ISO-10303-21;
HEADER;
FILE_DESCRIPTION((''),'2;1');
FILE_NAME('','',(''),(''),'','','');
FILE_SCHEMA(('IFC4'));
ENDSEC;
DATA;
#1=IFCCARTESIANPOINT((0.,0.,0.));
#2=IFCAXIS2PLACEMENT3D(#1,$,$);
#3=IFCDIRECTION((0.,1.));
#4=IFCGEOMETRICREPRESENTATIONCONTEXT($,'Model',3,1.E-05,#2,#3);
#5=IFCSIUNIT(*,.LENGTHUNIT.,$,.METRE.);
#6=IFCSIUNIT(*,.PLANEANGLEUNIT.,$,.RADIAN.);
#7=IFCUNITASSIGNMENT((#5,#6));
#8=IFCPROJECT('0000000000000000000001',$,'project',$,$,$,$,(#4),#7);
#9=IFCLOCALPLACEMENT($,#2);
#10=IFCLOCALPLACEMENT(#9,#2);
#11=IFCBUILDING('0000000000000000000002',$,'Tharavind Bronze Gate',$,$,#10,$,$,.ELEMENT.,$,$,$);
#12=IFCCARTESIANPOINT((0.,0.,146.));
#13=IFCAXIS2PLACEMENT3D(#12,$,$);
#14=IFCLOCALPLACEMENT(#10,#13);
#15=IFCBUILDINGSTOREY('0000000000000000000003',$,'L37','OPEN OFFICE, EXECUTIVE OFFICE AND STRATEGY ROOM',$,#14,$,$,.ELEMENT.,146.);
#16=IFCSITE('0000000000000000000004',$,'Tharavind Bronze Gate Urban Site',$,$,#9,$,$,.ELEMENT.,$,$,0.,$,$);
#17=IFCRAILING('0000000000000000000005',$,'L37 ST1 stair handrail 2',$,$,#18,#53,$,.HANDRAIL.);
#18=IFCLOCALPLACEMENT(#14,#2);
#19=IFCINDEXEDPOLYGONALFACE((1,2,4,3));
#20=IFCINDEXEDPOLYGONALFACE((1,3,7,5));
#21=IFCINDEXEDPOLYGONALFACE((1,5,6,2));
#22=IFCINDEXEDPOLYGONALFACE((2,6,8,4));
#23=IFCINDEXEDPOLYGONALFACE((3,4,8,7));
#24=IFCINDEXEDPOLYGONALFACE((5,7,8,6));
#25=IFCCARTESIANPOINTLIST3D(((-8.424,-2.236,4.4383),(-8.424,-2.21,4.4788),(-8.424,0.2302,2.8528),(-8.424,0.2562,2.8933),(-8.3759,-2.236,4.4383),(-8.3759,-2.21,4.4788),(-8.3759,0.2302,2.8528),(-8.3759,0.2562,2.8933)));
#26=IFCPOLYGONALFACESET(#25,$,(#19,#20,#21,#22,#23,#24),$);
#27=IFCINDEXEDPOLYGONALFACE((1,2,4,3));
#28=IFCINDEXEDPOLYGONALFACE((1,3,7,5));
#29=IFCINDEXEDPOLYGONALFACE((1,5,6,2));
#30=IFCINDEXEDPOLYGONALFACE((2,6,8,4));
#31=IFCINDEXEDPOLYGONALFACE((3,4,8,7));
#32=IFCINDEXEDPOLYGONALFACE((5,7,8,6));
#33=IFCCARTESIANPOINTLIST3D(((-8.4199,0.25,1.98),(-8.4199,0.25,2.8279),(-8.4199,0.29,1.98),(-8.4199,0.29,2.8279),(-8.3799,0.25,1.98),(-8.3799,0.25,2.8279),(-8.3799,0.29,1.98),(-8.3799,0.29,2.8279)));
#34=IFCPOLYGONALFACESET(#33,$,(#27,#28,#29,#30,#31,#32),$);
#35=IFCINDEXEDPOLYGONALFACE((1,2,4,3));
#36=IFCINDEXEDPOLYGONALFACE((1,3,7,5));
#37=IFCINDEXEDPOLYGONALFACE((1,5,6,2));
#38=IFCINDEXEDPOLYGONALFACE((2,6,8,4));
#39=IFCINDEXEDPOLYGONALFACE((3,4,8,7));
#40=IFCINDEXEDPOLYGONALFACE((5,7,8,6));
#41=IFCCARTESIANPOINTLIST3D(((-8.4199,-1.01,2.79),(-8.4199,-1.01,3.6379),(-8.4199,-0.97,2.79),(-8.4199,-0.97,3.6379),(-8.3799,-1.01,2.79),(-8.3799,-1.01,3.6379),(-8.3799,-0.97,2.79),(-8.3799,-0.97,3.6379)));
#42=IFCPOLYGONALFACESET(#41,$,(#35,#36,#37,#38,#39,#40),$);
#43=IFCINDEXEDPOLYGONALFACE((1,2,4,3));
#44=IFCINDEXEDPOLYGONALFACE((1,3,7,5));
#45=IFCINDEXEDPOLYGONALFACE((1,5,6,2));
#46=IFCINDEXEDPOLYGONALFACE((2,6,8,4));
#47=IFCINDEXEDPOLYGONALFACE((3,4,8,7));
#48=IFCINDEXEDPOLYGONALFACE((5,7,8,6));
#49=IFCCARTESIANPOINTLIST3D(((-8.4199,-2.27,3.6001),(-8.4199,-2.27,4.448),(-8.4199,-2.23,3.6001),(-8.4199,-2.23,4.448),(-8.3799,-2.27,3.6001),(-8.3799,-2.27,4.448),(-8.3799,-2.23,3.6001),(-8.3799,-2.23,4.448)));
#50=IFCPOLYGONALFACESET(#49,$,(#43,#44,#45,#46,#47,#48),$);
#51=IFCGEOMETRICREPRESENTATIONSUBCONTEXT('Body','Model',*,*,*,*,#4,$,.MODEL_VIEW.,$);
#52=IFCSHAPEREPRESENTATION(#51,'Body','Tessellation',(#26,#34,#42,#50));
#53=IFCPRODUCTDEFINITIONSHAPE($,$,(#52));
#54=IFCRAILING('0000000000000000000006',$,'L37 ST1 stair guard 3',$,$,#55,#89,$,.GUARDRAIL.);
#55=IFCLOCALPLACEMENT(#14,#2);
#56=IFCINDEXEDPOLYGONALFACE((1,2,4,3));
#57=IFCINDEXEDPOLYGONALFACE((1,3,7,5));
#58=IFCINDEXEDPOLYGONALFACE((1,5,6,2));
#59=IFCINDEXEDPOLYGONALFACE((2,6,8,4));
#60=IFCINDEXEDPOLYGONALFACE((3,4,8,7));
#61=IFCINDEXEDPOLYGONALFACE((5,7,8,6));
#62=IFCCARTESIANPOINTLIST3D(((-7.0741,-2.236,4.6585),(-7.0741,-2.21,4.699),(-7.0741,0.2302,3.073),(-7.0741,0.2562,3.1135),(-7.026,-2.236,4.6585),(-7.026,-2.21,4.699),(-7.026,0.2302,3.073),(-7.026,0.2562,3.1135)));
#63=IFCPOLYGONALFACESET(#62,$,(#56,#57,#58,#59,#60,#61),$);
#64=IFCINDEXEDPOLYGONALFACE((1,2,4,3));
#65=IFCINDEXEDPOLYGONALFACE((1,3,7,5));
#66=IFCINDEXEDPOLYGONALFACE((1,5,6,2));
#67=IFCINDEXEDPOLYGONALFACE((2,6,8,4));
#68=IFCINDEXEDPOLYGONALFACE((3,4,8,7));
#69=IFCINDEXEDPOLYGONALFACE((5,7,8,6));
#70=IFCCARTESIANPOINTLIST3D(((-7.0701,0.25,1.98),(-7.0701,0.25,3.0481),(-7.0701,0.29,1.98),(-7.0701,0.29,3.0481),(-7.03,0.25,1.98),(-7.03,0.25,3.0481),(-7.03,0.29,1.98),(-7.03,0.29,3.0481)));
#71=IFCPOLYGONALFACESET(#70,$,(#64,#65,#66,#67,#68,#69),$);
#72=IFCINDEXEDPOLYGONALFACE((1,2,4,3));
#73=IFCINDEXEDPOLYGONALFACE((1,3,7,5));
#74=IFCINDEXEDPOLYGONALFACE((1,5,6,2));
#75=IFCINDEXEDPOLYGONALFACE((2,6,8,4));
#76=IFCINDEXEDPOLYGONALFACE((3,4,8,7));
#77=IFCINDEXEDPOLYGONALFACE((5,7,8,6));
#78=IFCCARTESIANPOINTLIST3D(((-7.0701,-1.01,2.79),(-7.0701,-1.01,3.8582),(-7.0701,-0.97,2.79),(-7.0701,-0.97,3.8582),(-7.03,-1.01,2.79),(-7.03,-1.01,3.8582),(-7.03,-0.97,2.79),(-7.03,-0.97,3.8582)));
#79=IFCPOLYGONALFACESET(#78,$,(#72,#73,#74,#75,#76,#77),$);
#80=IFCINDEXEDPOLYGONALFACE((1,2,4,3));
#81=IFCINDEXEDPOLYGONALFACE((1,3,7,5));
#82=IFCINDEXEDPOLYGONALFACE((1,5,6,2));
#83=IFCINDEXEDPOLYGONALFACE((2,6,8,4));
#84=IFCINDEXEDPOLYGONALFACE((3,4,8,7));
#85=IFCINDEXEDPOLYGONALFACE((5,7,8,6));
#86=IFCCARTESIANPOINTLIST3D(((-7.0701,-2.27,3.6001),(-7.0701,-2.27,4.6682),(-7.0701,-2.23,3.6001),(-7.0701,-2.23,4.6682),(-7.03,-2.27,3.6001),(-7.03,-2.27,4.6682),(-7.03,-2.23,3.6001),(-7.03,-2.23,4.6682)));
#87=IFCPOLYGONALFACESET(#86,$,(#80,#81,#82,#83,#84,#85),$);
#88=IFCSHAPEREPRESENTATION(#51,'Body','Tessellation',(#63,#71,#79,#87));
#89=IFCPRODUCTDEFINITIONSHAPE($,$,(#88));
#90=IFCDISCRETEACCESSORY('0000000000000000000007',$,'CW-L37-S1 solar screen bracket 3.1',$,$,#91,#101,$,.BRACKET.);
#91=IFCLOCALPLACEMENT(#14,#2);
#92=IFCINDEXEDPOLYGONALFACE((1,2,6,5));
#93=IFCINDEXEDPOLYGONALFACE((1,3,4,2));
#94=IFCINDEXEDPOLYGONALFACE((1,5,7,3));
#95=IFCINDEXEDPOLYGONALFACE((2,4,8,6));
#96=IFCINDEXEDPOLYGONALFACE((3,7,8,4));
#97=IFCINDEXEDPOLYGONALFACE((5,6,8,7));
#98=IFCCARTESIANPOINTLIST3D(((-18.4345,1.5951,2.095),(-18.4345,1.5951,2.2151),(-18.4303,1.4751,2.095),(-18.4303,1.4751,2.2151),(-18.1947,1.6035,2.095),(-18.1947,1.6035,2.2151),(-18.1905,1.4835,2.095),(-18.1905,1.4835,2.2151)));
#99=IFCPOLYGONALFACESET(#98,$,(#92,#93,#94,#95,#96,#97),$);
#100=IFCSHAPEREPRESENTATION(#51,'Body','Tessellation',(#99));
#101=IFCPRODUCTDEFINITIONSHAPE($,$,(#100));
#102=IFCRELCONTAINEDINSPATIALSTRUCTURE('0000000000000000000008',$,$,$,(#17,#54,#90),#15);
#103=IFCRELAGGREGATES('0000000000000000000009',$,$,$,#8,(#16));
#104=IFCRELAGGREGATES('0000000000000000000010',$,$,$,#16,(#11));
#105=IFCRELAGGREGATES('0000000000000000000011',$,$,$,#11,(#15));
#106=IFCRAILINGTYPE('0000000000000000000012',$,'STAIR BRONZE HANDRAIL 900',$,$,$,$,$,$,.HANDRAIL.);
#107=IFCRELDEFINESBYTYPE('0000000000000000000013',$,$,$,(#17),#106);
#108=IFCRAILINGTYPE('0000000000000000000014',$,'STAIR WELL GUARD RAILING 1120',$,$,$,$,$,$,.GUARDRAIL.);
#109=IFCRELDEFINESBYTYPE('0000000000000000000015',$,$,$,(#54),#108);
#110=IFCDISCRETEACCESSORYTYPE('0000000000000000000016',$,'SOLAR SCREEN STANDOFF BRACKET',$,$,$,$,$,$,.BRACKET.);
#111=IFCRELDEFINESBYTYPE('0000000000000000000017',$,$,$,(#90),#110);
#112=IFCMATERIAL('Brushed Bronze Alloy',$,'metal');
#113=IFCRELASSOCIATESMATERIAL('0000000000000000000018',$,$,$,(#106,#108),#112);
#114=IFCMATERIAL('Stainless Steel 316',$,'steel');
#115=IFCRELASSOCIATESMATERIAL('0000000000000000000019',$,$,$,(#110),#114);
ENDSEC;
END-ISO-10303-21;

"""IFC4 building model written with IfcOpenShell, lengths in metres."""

from ifc_helpers import new_model, si_unit, direction, frame, origin, origin_2d, place, context, subcontext, project, spatial, rectangle, extrude, material, type_object, element, save


model = new_model("IFC4")

# Units and contexts
model_context = context("Model", 3, precision=1e-05, world=origin(), true_north=direction((0.0, 1.0)))
body_context = subcontext(model_context, "Body", "Model", "MODEL_VIEW")
ifc_project = project(units=[si_unit("LENGTHUNIT", "METRE"), si_unit("PLANEANGLEUNIT", "RADIAN")], contexts=[model_context])

# Site, building, storey
site_placement = place(None, origin())
site = spatial("IfcSite", under=ifc_project, at=site_placement, Name="Tharavind Bronze Gate Urban Site", CompositionType="ELEMENT", RefElevation=0.0)
building_placement = place(site_placement, origin())
building = spatial("IfcBuilding", under=site, at=building_placement, Name="Tharavind Bronze Gate", CompositionType="ELEMENT")
storey_placement = place(building_placement, frame((0.0, 0.0, 146.0)))
storey = spatial("IfcBuildingStorey", under=building, at=storey_placement, Name="L37", Description="OPEN OFFICE, EXECUTIVE OFFICE AND STRATEGY ROOM", CompositionType="ELEMENT", Elevation=146.0)

# Railings
ifc_material_1 = material(Name="Brushed Bronze Alloy", Category="metal")
railing_type_1 = type_object("IfcRailingType", Name="STAIR BRONZE HANDRAIL 900", PredefinedType="HANDRAIL", material=ifc_material_1)
railing_1_placement = place(storey_placement, frame((-8.3999, 0.27, 1.98)))
element("IfcRailing", 1, at=railing_1_placement, inside=storey, type_object=railing_type_1, Name="L37 ST1 stair handrail 2", PredefinedType="HANDRAIL", context=body_context, shape_type="SweptSolid", body=[
    extrude(rectangle(XDim=0.0481, YDim=0.0481, at=origin_2d()), frame((0.0, -0.0269, 0.8931), z_axis=(0.0, -0.841163, 0.540782), x_axis=(1.0, 0.0, 0.0)), (0.0, 0.0, 1.0), 2.9319),
    extrude(rectangle(XDim=0.04, YDim=0.04, at=origin_2d()), origin(), (0.0, 0.0, 1.0), 0.8479),
    extrude(rectangle(XDim=0.04, YDim=0.04, at=origin_2d()), frame((0.0, -1.26, 0.8101)), (0.0, 0.0, 1.0), 0.8479),
    extrude(rectangle(XDim=0.04, YDim=0.04, at=origin_2d()), frame((0.0, -2.52, 1.6201)), (0.0, 0.0, 1.0), 0.8479),
])
railing_type_2 = type_object("IfcRailingType", Name="STAIR WELL GUARD RAILING 1120", PredefinedType="GUARDRAIL", material=ifc_material_1)
railing_2_placement = place(storey_placement, frame((-7.05, 0.27, 1.98)))
element("IfcRailing", 2, at=railing_2_placement, inside=storey, type_object=railing_type_2, Name="L37 ST1 stair guard 3", PredefinedType="GUARDRAIL", context=body_context, shape_type="SweptSolid", body=[
    extrude(rectangle(XDim=0.0481, YDim=0.0481, at=origin_2d()), frame((0.0, -0.0269, 1.1133), z_axis=(0.0, -0.841163, 0.540782), x_axis=(1.0, 0.0, 0.0)), (0.0, 0.0, 1.0), 2.9319),
    extrude(rectangle(XDim=0.04, YDim=0.04, at=origin_2d()), origin(), (0.0, 0.0, 1.0), 1.0681),
    extrude(rectangle(XDim=0.04, YDim=0.04, at=origin_2d()), frame((0.0, -1.26, 0.8101)), (0.0, 0.0, 1.0), 1.0681),
    extrude(rectangle(XDim=0.04, YDim=0.04, at=origin_2d()), frame((0.0, -2.52, 1.6201)), (0.0, 0.0, 1.0), 1.0681),
])

# Discrete accessory
ifc_material_2 = material(Name="Stainless Steel 316", Category="steel")
discrete_accessory_type = type_object("IfcDiscreteAccessoryType", Name="SOLAR SCREEN STANDOFF BRACKET", PredefinedType="BRACKET", material=ifc_material_2)
discrete_accessory_placement = place(storey_placement, frame((-18.3125, 1.5393, 2.095), z_axis=(0.0, 0.0, 1.0), x_axis=(0.034899, -0.999391, 0.0)))
element("IfcDiscreteAccessory", 3, at=discrete_accessory_placement, inside=storey, type_object=discrete_accessory_type, Name="CW-L37-S1 solar screen bracket 3.1", PredefinedType="BRACKET", context=body_context, shape_type="SweptSolid", body=[
    extrude(rectangle(XDim=0.1201, YDim=0.24, at=origin_2d()), origin(), (0.0, 0.0, 1.0), 0.1201),
])

save(model, "model.ifc")
